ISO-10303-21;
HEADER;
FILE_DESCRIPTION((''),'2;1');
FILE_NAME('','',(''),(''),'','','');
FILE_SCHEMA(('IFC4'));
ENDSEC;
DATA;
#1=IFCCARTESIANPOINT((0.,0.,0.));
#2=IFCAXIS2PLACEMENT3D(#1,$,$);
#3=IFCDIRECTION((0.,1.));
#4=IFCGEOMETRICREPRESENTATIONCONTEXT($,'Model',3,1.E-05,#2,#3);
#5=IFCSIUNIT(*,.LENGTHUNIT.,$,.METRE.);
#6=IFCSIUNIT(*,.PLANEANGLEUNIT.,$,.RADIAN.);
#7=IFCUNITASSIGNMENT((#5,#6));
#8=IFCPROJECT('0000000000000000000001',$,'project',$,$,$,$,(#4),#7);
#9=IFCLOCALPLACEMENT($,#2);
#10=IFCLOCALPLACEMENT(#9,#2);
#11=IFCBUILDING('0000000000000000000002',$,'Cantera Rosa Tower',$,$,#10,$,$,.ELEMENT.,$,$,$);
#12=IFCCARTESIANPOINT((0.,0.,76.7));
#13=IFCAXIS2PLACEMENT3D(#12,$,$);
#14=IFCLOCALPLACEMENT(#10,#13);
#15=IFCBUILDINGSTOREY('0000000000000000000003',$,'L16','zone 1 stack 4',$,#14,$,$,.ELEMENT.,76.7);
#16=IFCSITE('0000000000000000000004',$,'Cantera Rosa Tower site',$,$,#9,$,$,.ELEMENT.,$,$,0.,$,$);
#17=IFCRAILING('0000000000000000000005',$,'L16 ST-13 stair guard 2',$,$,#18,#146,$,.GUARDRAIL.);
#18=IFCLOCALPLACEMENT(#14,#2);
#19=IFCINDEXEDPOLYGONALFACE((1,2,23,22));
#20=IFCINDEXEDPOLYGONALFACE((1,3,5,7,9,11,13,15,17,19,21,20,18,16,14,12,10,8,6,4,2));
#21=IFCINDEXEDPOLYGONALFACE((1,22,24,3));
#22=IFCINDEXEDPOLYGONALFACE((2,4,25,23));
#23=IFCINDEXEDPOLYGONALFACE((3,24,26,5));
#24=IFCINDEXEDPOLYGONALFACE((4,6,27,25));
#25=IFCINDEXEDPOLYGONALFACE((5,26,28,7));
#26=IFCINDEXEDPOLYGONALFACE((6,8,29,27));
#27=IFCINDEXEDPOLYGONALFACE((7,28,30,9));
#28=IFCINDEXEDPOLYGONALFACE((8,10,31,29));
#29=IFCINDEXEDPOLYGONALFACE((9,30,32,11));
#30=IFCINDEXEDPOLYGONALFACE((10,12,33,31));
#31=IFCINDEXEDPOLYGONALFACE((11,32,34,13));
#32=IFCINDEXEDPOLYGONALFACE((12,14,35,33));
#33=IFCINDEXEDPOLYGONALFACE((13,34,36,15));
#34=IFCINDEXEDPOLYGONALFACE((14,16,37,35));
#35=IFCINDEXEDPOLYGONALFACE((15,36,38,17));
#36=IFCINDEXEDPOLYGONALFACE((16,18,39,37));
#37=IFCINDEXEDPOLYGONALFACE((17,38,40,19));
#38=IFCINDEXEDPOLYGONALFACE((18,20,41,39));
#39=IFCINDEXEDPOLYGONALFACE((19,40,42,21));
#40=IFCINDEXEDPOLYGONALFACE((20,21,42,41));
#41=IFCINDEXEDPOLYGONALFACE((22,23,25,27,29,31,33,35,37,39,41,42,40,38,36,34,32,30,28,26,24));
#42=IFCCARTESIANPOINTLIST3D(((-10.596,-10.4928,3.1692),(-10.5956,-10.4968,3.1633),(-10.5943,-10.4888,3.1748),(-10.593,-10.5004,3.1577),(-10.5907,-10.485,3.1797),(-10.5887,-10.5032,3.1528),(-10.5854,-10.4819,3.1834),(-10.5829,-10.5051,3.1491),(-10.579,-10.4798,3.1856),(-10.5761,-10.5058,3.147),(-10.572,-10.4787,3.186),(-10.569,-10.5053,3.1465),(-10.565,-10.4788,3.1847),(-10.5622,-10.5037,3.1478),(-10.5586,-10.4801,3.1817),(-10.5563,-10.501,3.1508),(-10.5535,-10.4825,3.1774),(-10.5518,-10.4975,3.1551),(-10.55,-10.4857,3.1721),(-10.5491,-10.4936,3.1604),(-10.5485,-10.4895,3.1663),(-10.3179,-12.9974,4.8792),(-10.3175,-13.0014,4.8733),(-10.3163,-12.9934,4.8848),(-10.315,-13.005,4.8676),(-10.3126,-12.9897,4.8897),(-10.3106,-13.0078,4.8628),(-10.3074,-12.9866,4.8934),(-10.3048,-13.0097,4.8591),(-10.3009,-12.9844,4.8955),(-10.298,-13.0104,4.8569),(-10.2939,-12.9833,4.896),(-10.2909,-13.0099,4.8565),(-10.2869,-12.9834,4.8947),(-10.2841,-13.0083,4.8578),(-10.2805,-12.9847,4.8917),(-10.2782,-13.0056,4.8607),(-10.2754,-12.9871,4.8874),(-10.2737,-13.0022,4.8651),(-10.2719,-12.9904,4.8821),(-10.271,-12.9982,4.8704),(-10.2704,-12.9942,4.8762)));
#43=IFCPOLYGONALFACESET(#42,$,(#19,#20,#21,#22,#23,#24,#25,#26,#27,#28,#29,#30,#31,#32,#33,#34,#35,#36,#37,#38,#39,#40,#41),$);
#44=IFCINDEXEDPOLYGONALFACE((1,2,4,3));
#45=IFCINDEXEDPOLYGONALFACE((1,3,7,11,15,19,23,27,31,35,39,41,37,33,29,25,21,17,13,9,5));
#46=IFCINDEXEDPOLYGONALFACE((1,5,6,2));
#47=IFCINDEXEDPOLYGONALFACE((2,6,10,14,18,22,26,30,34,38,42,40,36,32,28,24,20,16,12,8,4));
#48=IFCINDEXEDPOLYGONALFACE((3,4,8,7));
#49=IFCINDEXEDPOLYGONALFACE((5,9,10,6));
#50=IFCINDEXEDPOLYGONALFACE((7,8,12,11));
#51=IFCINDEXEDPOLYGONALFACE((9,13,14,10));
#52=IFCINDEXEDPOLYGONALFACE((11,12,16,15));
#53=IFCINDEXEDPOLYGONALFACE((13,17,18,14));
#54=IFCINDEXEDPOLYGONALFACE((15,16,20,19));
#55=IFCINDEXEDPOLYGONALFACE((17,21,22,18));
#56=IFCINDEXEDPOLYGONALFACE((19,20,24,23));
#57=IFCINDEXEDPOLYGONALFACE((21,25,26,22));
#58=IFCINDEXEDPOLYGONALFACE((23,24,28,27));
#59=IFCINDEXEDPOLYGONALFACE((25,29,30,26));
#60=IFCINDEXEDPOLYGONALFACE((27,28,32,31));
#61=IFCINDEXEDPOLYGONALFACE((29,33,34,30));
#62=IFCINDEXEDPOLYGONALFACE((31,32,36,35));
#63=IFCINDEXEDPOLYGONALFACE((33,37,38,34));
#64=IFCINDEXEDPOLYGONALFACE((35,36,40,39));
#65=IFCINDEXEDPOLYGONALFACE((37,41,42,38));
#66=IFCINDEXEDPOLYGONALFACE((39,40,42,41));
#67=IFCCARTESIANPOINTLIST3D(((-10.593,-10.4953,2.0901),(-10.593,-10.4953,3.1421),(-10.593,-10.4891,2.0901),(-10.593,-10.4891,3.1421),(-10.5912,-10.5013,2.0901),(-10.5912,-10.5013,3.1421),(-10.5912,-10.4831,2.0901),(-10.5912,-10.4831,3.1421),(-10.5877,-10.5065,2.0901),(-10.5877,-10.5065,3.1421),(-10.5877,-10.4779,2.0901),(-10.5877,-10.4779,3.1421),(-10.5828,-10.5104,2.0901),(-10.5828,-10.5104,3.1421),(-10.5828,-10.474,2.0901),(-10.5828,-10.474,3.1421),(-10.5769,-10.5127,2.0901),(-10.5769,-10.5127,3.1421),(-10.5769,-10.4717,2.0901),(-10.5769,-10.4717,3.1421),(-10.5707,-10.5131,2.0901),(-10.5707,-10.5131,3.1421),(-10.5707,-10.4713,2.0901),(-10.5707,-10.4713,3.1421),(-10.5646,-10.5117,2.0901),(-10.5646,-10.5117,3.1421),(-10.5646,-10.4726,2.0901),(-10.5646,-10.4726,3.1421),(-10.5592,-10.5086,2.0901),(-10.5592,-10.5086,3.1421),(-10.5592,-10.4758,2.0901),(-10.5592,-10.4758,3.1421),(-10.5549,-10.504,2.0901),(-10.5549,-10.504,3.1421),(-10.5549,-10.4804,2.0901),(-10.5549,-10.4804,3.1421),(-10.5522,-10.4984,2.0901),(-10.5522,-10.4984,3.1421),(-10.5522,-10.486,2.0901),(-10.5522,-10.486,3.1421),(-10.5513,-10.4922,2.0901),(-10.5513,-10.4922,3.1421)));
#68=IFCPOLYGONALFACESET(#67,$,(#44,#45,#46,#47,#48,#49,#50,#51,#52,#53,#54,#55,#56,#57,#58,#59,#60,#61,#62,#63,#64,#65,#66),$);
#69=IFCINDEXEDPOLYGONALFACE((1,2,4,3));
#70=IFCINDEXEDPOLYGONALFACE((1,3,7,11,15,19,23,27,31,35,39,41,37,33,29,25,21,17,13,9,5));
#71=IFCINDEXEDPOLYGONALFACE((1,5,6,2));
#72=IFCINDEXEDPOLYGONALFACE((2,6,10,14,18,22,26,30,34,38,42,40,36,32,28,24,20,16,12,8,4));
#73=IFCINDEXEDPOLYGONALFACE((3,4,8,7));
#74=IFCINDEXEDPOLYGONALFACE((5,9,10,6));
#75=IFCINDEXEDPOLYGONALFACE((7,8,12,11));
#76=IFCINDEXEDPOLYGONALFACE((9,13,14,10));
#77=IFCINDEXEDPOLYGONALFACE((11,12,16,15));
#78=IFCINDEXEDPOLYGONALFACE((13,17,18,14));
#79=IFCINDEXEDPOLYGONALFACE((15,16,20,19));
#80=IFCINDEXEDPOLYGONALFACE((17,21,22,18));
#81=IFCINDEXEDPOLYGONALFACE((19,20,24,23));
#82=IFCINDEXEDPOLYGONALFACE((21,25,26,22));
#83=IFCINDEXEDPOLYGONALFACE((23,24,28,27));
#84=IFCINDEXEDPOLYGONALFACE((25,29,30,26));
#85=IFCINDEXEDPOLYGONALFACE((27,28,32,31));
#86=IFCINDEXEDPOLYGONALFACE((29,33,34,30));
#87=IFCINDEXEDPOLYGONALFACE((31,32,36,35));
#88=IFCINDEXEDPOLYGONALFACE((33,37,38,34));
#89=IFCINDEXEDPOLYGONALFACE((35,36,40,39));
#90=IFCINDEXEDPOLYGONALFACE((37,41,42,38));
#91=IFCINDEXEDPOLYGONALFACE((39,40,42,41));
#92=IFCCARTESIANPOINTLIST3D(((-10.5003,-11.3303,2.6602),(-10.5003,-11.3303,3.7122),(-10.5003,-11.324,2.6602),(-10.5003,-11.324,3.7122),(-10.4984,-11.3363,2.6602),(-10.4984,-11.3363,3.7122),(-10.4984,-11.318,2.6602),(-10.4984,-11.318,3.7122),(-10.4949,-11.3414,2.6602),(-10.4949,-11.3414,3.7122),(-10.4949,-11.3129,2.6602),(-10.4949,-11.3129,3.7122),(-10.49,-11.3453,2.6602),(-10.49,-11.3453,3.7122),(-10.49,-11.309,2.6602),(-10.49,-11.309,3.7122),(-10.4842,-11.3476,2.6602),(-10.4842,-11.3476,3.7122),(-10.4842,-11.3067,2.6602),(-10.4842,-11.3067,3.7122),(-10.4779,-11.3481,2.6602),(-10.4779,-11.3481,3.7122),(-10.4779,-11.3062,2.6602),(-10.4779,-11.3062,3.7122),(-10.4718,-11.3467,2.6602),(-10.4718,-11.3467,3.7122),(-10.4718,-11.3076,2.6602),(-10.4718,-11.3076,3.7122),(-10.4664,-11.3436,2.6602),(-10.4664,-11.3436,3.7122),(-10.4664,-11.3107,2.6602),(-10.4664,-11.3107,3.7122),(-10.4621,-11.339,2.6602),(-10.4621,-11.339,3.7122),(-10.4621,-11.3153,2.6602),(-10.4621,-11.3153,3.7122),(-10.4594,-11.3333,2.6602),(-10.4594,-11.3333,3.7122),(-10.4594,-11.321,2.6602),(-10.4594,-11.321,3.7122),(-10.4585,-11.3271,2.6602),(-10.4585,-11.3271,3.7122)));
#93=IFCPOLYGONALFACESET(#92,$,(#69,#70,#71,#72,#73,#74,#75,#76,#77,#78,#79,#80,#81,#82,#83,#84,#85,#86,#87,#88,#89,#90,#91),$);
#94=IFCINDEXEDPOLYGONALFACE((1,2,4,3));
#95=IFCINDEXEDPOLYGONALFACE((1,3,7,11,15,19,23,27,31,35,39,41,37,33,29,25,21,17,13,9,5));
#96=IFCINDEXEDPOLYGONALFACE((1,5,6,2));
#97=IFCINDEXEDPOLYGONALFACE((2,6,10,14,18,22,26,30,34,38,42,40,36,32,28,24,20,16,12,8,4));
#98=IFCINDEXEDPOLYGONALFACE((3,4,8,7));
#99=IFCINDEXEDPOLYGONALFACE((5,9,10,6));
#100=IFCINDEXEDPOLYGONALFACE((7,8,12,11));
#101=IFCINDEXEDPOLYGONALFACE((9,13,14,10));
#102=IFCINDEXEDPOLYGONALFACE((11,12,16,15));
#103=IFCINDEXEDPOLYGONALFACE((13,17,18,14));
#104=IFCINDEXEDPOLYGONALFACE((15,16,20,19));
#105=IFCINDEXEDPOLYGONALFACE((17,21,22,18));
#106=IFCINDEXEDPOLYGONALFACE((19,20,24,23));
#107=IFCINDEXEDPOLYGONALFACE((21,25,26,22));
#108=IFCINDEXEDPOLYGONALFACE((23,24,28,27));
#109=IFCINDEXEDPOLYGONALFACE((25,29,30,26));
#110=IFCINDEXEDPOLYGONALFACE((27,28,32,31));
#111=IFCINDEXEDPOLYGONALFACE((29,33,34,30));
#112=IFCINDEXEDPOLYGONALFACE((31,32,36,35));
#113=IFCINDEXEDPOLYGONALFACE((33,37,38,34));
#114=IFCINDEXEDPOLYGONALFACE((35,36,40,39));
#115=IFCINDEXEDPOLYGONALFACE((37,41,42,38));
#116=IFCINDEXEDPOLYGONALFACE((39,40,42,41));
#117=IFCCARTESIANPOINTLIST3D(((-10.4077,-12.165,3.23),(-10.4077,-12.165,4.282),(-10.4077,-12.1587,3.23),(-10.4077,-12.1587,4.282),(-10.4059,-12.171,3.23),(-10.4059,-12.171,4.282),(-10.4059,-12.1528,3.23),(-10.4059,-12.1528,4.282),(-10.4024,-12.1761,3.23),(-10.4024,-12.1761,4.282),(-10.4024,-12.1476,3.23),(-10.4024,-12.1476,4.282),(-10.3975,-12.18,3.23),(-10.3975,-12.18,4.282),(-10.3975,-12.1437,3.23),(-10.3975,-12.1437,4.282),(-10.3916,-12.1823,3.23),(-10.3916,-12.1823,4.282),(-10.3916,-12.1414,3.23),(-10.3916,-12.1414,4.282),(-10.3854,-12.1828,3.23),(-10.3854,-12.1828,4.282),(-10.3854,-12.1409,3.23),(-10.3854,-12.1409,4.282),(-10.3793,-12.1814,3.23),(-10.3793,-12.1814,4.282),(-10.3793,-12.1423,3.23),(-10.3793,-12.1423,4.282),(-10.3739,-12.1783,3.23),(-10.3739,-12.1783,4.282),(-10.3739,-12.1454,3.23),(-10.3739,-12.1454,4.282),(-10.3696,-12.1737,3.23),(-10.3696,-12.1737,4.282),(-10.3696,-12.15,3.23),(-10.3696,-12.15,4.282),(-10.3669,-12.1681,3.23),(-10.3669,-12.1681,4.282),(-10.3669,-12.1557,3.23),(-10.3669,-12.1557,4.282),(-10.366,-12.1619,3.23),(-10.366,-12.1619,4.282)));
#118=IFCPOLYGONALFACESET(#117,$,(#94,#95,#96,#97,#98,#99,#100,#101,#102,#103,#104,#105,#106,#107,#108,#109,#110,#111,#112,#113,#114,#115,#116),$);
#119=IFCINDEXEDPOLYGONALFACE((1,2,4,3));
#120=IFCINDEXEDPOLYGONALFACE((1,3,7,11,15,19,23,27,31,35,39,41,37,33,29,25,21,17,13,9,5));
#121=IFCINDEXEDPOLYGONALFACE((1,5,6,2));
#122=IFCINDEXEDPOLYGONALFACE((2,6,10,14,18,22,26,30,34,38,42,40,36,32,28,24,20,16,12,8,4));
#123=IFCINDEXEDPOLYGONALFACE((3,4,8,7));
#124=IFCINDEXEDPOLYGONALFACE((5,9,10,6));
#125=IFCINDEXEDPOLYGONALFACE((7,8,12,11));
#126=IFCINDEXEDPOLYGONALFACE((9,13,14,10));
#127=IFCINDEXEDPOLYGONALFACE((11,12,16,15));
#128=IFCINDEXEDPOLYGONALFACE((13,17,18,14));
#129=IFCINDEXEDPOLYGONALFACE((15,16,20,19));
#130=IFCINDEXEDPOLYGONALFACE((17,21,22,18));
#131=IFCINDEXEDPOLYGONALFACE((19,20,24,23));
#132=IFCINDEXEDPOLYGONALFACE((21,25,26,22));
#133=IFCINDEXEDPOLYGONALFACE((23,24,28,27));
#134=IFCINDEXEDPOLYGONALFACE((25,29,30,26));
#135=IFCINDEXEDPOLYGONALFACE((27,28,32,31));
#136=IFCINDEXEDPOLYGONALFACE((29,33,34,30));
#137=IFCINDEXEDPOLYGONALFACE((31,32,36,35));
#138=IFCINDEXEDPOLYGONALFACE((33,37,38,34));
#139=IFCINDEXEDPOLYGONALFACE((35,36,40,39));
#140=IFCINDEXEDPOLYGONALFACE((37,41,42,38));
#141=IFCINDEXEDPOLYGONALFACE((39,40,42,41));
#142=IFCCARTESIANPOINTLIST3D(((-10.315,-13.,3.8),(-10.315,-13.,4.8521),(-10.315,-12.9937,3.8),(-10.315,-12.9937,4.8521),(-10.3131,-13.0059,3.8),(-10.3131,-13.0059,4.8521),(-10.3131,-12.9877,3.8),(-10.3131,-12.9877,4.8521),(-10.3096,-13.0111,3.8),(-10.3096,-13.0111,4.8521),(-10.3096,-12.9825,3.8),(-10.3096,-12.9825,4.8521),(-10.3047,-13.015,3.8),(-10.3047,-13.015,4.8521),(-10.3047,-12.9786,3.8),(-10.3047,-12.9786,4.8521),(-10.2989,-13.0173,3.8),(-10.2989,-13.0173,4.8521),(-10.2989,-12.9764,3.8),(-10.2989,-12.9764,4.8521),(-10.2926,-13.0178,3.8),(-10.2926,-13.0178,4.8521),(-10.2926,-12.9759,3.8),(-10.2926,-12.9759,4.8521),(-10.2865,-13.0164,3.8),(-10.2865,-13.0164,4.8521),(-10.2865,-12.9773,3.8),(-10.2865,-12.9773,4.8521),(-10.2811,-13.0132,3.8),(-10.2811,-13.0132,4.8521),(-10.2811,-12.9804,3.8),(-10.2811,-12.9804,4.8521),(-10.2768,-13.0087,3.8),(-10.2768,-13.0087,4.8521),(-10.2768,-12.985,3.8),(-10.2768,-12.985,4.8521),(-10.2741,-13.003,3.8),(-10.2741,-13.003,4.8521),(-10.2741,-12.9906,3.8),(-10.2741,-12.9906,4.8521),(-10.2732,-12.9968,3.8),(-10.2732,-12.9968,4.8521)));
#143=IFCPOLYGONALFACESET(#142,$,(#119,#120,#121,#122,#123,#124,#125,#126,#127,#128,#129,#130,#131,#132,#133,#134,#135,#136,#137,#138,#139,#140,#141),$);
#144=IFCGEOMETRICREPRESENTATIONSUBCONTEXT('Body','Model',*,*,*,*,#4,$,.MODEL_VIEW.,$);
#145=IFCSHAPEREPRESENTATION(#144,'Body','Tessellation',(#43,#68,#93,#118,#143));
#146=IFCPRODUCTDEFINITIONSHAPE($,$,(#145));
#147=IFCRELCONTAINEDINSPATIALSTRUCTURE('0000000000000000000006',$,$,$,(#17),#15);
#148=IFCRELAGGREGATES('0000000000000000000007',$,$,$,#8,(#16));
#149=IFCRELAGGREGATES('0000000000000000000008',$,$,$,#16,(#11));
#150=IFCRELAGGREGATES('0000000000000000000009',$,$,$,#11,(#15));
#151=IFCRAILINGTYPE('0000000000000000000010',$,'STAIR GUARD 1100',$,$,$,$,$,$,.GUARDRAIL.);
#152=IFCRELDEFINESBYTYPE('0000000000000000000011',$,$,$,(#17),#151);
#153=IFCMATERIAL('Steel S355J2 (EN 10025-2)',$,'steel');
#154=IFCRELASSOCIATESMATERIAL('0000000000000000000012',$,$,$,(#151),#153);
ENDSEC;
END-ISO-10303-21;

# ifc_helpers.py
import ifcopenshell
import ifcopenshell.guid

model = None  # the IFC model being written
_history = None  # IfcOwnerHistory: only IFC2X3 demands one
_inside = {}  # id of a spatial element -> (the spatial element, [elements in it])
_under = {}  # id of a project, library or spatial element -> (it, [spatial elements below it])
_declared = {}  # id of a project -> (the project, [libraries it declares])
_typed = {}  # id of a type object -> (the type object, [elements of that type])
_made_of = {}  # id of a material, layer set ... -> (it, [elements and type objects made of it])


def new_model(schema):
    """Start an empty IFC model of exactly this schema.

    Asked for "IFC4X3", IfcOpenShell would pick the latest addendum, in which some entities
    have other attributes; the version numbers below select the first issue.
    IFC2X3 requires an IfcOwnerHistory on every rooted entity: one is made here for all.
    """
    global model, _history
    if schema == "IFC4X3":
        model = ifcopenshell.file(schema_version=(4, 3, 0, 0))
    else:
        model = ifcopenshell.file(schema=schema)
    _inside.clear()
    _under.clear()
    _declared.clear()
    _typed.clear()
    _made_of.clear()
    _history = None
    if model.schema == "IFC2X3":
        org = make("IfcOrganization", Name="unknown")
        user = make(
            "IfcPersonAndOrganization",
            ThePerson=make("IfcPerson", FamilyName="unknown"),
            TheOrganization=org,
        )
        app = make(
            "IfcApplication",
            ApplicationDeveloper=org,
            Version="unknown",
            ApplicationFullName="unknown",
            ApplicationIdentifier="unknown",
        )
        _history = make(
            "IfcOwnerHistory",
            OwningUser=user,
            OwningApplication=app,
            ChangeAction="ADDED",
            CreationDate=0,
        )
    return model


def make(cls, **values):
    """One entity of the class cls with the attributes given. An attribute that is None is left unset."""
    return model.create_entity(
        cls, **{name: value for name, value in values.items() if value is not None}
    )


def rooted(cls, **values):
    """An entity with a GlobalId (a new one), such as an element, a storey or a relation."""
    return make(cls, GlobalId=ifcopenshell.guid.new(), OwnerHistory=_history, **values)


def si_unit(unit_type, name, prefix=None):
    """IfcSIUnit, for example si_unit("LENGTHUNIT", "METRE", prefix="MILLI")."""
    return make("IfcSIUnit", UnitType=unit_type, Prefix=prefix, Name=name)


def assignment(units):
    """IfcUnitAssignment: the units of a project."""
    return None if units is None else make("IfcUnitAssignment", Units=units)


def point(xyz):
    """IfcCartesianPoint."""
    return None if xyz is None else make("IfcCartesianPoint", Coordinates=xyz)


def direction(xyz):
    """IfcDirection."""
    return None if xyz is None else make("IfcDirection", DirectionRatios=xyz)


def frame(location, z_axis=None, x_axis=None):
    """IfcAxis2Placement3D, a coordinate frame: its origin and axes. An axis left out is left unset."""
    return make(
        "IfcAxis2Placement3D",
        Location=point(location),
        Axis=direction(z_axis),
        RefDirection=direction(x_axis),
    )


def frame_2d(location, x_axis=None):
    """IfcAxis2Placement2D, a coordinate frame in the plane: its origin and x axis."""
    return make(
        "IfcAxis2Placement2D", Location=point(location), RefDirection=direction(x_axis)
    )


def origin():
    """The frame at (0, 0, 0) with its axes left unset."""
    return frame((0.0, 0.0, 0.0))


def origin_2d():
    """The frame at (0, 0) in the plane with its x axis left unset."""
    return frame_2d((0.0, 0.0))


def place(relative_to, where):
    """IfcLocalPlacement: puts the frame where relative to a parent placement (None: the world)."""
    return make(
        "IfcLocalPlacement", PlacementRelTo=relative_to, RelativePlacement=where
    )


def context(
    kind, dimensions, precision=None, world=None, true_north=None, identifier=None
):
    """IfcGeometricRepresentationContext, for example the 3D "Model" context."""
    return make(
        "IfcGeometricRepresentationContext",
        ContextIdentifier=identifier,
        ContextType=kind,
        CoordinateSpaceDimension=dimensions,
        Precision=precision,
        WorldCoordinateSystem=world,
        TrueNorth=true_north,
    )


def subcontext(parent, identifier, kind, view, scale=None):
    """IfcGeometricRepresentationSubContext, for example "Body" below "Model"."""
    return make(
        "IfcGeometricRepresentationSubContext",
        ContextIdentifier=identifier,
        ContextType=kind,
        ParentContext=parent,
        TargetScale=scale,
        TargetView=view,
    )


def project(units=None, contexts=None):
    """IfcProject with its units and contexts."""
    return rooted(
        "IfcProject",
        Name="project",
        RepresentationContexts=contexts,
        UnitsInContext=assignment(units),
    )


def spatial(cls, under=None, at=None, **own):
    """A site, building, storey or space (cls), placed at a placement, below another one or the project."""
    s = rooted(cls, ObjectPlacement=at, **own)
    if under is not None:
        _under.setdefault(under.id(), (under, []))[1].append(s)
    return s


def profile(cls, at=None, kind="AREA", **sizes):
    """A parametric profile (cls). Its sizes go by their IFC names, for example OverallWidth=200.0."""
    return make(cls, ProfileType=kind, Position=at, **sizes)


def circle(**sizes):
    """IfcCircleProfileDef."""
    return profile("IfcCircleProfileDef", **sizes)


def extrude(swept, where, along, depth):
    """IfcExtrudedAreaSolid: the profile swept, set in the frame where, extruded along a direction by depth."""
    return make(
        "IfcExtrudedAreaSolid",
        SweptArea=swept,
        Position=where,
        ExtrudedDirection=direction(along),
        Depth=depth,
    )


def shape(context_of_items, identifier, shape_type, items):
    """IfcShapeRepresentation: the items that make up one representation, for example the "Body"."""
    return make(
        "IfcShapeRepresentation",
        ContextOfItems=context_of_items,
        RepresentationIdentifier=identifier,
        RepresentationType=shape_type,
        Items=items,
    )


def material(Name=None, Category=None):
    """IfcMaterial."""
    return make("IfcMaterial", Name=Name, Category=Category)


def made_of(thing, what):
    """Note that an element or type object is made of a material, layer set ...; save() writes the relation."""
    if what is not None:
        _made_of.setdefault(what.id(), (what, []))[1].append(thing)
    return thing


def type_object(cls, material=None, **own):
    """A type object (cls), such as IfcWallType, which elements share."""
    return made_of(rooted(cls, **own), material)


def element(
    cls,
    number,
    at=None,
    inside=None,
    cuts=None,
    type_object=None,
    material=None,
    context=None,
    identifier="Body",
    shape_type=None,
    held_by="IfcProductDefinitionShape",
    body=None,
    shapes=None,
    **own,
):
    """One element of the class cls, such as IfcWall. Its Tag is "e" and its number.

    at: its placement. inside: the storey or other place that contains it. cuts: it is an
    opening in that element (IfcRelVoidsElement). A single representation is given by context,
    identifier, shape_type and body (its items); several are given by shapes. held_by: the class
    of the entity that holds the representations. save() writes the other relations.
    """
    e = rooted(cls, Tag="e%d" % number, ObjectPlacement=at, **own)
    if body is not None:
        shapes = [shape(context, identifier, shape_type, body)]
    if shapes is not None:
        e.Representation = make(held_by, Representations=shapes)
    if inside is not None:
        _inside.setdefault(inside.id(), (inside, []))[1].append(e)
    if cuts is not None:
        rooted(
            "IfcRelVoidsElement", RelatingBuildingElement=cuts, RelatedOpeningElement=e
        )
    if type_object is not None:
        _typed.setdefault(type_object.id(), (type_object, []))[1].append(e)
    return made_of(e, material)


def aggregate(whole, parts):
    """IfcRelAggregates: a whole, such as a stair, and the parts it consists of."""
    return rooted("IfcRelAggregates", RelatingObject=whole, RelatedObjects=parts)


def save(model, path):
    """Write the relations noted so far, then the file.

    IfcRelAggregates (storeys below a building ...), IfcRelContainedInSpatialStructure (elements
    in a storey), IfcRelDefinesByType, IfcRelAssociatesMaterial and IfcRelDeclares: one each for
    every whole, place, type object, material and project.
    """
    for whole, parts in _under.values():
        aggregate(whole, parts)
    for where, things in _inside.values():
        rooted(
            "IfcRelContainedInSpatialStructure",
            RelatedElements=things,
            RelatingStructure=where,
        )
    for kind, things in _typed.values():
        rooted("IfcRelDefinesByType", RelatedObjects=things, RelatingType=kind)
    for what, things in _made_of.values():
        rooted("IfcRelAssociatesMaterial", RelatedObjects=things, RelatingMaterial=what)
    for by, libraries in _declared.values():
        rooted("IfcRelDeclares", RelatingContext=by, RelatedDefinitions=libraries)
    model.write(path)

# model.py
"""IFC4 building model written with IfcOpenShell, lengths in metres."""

from ifc_helpers import new_model, si_unit, direction, frame, origin, origin_2d, place, context, subcontext, project, spatial, circle, extrude, material, type_object, element, save


model = new_model("IFC4")

# Units and contexts
model_context = context("Model", 3, precision=1e-05, world=origin(), true_north=direction((0.0, 1.0)))
body_context = subcontext(model_context, "Body", "Model", "MODEL_VIEW")
ifc_project = project(units=[si_unit("LENGTHUNIT", "METRE"), si_unit("PLANEANGLEUNIT", "RADIAN")], contexts=[model_context])

# Site, building, storey
site_placement = place(None, origin())
site = spatial("IfcSite", under=ifc_project, at=site_placement, Name="Cantera Rosa Tower site", CompositionType="ELEMENT", RefElevation=0.0)
building_placement = place(site_placement, origin())
building = spatial("IfcBuilding", under=site, at=building_placement, Name="Cantera Rosa Tower", CompositionType="ELEMENT")
storey_placement = place(building_placement, frame((0.0, 0.0, 76.7)))
storey = spatial("IfcBuildingStorey", under=building, at=storey_placement, Name="L16", Description="zone 1 stack 4", CompositionType="ELEMENT", Elevation=76.7)

# Railing
ifc_material_1 = material(Name="Steel S355J2 (EN 10025-2)", Category="steel")
railing_type_1 = type_object("IfcRailingType", Name="STAIR GUARD 1100", PredefinedType="GUARDRAIL", material=ifc_material_1)
railing_1_placement = place(storey_placement, frame((-10.5723, -10.4922, 2.0901)))
element("IfcRailing", 1, at=railing_1_placement, inside=storey, type_object=railing_type_1, Name="L16 ST-13 stair guard 2", PredefinedType="GUARDRAIL", context=body_context, shape_type="SweptSolid", body=[
    extrude(circle(Radius=0.0239, at=origin_2d()), frame((0.0, 0.0, 1.0762), z_axis=(0.09131, -0.822431, 0.561488), x_axis=(0.993893, 0.110346, 0.0)), (0.0, 0.0, 1.0), 3.0454),
    extrude(circle(Radius=0.021, at=origin_2d()), origin(), (0.0, 0.0, 1.0), 1.052),
    extrude(circle(Radius=0.021, at=origin_2d()), frame((0.0928, -0.835, 0.5701)), (0.0, 0.0, 1.0), 1.052),
    extrude(circle(Radius=0.021, at=origin_2d()), frame((0.1853, -1.6697, 1.1399)), (0.0, 0.0, 1.0), 1.052),
    extrude(circle(Radius=0.021, at=origin_2d()), frame((0.2781, -2.5046, 1.71)), (0.0, 0.0, 1.0), 1.052),
])

save(model, "model.ifc")
